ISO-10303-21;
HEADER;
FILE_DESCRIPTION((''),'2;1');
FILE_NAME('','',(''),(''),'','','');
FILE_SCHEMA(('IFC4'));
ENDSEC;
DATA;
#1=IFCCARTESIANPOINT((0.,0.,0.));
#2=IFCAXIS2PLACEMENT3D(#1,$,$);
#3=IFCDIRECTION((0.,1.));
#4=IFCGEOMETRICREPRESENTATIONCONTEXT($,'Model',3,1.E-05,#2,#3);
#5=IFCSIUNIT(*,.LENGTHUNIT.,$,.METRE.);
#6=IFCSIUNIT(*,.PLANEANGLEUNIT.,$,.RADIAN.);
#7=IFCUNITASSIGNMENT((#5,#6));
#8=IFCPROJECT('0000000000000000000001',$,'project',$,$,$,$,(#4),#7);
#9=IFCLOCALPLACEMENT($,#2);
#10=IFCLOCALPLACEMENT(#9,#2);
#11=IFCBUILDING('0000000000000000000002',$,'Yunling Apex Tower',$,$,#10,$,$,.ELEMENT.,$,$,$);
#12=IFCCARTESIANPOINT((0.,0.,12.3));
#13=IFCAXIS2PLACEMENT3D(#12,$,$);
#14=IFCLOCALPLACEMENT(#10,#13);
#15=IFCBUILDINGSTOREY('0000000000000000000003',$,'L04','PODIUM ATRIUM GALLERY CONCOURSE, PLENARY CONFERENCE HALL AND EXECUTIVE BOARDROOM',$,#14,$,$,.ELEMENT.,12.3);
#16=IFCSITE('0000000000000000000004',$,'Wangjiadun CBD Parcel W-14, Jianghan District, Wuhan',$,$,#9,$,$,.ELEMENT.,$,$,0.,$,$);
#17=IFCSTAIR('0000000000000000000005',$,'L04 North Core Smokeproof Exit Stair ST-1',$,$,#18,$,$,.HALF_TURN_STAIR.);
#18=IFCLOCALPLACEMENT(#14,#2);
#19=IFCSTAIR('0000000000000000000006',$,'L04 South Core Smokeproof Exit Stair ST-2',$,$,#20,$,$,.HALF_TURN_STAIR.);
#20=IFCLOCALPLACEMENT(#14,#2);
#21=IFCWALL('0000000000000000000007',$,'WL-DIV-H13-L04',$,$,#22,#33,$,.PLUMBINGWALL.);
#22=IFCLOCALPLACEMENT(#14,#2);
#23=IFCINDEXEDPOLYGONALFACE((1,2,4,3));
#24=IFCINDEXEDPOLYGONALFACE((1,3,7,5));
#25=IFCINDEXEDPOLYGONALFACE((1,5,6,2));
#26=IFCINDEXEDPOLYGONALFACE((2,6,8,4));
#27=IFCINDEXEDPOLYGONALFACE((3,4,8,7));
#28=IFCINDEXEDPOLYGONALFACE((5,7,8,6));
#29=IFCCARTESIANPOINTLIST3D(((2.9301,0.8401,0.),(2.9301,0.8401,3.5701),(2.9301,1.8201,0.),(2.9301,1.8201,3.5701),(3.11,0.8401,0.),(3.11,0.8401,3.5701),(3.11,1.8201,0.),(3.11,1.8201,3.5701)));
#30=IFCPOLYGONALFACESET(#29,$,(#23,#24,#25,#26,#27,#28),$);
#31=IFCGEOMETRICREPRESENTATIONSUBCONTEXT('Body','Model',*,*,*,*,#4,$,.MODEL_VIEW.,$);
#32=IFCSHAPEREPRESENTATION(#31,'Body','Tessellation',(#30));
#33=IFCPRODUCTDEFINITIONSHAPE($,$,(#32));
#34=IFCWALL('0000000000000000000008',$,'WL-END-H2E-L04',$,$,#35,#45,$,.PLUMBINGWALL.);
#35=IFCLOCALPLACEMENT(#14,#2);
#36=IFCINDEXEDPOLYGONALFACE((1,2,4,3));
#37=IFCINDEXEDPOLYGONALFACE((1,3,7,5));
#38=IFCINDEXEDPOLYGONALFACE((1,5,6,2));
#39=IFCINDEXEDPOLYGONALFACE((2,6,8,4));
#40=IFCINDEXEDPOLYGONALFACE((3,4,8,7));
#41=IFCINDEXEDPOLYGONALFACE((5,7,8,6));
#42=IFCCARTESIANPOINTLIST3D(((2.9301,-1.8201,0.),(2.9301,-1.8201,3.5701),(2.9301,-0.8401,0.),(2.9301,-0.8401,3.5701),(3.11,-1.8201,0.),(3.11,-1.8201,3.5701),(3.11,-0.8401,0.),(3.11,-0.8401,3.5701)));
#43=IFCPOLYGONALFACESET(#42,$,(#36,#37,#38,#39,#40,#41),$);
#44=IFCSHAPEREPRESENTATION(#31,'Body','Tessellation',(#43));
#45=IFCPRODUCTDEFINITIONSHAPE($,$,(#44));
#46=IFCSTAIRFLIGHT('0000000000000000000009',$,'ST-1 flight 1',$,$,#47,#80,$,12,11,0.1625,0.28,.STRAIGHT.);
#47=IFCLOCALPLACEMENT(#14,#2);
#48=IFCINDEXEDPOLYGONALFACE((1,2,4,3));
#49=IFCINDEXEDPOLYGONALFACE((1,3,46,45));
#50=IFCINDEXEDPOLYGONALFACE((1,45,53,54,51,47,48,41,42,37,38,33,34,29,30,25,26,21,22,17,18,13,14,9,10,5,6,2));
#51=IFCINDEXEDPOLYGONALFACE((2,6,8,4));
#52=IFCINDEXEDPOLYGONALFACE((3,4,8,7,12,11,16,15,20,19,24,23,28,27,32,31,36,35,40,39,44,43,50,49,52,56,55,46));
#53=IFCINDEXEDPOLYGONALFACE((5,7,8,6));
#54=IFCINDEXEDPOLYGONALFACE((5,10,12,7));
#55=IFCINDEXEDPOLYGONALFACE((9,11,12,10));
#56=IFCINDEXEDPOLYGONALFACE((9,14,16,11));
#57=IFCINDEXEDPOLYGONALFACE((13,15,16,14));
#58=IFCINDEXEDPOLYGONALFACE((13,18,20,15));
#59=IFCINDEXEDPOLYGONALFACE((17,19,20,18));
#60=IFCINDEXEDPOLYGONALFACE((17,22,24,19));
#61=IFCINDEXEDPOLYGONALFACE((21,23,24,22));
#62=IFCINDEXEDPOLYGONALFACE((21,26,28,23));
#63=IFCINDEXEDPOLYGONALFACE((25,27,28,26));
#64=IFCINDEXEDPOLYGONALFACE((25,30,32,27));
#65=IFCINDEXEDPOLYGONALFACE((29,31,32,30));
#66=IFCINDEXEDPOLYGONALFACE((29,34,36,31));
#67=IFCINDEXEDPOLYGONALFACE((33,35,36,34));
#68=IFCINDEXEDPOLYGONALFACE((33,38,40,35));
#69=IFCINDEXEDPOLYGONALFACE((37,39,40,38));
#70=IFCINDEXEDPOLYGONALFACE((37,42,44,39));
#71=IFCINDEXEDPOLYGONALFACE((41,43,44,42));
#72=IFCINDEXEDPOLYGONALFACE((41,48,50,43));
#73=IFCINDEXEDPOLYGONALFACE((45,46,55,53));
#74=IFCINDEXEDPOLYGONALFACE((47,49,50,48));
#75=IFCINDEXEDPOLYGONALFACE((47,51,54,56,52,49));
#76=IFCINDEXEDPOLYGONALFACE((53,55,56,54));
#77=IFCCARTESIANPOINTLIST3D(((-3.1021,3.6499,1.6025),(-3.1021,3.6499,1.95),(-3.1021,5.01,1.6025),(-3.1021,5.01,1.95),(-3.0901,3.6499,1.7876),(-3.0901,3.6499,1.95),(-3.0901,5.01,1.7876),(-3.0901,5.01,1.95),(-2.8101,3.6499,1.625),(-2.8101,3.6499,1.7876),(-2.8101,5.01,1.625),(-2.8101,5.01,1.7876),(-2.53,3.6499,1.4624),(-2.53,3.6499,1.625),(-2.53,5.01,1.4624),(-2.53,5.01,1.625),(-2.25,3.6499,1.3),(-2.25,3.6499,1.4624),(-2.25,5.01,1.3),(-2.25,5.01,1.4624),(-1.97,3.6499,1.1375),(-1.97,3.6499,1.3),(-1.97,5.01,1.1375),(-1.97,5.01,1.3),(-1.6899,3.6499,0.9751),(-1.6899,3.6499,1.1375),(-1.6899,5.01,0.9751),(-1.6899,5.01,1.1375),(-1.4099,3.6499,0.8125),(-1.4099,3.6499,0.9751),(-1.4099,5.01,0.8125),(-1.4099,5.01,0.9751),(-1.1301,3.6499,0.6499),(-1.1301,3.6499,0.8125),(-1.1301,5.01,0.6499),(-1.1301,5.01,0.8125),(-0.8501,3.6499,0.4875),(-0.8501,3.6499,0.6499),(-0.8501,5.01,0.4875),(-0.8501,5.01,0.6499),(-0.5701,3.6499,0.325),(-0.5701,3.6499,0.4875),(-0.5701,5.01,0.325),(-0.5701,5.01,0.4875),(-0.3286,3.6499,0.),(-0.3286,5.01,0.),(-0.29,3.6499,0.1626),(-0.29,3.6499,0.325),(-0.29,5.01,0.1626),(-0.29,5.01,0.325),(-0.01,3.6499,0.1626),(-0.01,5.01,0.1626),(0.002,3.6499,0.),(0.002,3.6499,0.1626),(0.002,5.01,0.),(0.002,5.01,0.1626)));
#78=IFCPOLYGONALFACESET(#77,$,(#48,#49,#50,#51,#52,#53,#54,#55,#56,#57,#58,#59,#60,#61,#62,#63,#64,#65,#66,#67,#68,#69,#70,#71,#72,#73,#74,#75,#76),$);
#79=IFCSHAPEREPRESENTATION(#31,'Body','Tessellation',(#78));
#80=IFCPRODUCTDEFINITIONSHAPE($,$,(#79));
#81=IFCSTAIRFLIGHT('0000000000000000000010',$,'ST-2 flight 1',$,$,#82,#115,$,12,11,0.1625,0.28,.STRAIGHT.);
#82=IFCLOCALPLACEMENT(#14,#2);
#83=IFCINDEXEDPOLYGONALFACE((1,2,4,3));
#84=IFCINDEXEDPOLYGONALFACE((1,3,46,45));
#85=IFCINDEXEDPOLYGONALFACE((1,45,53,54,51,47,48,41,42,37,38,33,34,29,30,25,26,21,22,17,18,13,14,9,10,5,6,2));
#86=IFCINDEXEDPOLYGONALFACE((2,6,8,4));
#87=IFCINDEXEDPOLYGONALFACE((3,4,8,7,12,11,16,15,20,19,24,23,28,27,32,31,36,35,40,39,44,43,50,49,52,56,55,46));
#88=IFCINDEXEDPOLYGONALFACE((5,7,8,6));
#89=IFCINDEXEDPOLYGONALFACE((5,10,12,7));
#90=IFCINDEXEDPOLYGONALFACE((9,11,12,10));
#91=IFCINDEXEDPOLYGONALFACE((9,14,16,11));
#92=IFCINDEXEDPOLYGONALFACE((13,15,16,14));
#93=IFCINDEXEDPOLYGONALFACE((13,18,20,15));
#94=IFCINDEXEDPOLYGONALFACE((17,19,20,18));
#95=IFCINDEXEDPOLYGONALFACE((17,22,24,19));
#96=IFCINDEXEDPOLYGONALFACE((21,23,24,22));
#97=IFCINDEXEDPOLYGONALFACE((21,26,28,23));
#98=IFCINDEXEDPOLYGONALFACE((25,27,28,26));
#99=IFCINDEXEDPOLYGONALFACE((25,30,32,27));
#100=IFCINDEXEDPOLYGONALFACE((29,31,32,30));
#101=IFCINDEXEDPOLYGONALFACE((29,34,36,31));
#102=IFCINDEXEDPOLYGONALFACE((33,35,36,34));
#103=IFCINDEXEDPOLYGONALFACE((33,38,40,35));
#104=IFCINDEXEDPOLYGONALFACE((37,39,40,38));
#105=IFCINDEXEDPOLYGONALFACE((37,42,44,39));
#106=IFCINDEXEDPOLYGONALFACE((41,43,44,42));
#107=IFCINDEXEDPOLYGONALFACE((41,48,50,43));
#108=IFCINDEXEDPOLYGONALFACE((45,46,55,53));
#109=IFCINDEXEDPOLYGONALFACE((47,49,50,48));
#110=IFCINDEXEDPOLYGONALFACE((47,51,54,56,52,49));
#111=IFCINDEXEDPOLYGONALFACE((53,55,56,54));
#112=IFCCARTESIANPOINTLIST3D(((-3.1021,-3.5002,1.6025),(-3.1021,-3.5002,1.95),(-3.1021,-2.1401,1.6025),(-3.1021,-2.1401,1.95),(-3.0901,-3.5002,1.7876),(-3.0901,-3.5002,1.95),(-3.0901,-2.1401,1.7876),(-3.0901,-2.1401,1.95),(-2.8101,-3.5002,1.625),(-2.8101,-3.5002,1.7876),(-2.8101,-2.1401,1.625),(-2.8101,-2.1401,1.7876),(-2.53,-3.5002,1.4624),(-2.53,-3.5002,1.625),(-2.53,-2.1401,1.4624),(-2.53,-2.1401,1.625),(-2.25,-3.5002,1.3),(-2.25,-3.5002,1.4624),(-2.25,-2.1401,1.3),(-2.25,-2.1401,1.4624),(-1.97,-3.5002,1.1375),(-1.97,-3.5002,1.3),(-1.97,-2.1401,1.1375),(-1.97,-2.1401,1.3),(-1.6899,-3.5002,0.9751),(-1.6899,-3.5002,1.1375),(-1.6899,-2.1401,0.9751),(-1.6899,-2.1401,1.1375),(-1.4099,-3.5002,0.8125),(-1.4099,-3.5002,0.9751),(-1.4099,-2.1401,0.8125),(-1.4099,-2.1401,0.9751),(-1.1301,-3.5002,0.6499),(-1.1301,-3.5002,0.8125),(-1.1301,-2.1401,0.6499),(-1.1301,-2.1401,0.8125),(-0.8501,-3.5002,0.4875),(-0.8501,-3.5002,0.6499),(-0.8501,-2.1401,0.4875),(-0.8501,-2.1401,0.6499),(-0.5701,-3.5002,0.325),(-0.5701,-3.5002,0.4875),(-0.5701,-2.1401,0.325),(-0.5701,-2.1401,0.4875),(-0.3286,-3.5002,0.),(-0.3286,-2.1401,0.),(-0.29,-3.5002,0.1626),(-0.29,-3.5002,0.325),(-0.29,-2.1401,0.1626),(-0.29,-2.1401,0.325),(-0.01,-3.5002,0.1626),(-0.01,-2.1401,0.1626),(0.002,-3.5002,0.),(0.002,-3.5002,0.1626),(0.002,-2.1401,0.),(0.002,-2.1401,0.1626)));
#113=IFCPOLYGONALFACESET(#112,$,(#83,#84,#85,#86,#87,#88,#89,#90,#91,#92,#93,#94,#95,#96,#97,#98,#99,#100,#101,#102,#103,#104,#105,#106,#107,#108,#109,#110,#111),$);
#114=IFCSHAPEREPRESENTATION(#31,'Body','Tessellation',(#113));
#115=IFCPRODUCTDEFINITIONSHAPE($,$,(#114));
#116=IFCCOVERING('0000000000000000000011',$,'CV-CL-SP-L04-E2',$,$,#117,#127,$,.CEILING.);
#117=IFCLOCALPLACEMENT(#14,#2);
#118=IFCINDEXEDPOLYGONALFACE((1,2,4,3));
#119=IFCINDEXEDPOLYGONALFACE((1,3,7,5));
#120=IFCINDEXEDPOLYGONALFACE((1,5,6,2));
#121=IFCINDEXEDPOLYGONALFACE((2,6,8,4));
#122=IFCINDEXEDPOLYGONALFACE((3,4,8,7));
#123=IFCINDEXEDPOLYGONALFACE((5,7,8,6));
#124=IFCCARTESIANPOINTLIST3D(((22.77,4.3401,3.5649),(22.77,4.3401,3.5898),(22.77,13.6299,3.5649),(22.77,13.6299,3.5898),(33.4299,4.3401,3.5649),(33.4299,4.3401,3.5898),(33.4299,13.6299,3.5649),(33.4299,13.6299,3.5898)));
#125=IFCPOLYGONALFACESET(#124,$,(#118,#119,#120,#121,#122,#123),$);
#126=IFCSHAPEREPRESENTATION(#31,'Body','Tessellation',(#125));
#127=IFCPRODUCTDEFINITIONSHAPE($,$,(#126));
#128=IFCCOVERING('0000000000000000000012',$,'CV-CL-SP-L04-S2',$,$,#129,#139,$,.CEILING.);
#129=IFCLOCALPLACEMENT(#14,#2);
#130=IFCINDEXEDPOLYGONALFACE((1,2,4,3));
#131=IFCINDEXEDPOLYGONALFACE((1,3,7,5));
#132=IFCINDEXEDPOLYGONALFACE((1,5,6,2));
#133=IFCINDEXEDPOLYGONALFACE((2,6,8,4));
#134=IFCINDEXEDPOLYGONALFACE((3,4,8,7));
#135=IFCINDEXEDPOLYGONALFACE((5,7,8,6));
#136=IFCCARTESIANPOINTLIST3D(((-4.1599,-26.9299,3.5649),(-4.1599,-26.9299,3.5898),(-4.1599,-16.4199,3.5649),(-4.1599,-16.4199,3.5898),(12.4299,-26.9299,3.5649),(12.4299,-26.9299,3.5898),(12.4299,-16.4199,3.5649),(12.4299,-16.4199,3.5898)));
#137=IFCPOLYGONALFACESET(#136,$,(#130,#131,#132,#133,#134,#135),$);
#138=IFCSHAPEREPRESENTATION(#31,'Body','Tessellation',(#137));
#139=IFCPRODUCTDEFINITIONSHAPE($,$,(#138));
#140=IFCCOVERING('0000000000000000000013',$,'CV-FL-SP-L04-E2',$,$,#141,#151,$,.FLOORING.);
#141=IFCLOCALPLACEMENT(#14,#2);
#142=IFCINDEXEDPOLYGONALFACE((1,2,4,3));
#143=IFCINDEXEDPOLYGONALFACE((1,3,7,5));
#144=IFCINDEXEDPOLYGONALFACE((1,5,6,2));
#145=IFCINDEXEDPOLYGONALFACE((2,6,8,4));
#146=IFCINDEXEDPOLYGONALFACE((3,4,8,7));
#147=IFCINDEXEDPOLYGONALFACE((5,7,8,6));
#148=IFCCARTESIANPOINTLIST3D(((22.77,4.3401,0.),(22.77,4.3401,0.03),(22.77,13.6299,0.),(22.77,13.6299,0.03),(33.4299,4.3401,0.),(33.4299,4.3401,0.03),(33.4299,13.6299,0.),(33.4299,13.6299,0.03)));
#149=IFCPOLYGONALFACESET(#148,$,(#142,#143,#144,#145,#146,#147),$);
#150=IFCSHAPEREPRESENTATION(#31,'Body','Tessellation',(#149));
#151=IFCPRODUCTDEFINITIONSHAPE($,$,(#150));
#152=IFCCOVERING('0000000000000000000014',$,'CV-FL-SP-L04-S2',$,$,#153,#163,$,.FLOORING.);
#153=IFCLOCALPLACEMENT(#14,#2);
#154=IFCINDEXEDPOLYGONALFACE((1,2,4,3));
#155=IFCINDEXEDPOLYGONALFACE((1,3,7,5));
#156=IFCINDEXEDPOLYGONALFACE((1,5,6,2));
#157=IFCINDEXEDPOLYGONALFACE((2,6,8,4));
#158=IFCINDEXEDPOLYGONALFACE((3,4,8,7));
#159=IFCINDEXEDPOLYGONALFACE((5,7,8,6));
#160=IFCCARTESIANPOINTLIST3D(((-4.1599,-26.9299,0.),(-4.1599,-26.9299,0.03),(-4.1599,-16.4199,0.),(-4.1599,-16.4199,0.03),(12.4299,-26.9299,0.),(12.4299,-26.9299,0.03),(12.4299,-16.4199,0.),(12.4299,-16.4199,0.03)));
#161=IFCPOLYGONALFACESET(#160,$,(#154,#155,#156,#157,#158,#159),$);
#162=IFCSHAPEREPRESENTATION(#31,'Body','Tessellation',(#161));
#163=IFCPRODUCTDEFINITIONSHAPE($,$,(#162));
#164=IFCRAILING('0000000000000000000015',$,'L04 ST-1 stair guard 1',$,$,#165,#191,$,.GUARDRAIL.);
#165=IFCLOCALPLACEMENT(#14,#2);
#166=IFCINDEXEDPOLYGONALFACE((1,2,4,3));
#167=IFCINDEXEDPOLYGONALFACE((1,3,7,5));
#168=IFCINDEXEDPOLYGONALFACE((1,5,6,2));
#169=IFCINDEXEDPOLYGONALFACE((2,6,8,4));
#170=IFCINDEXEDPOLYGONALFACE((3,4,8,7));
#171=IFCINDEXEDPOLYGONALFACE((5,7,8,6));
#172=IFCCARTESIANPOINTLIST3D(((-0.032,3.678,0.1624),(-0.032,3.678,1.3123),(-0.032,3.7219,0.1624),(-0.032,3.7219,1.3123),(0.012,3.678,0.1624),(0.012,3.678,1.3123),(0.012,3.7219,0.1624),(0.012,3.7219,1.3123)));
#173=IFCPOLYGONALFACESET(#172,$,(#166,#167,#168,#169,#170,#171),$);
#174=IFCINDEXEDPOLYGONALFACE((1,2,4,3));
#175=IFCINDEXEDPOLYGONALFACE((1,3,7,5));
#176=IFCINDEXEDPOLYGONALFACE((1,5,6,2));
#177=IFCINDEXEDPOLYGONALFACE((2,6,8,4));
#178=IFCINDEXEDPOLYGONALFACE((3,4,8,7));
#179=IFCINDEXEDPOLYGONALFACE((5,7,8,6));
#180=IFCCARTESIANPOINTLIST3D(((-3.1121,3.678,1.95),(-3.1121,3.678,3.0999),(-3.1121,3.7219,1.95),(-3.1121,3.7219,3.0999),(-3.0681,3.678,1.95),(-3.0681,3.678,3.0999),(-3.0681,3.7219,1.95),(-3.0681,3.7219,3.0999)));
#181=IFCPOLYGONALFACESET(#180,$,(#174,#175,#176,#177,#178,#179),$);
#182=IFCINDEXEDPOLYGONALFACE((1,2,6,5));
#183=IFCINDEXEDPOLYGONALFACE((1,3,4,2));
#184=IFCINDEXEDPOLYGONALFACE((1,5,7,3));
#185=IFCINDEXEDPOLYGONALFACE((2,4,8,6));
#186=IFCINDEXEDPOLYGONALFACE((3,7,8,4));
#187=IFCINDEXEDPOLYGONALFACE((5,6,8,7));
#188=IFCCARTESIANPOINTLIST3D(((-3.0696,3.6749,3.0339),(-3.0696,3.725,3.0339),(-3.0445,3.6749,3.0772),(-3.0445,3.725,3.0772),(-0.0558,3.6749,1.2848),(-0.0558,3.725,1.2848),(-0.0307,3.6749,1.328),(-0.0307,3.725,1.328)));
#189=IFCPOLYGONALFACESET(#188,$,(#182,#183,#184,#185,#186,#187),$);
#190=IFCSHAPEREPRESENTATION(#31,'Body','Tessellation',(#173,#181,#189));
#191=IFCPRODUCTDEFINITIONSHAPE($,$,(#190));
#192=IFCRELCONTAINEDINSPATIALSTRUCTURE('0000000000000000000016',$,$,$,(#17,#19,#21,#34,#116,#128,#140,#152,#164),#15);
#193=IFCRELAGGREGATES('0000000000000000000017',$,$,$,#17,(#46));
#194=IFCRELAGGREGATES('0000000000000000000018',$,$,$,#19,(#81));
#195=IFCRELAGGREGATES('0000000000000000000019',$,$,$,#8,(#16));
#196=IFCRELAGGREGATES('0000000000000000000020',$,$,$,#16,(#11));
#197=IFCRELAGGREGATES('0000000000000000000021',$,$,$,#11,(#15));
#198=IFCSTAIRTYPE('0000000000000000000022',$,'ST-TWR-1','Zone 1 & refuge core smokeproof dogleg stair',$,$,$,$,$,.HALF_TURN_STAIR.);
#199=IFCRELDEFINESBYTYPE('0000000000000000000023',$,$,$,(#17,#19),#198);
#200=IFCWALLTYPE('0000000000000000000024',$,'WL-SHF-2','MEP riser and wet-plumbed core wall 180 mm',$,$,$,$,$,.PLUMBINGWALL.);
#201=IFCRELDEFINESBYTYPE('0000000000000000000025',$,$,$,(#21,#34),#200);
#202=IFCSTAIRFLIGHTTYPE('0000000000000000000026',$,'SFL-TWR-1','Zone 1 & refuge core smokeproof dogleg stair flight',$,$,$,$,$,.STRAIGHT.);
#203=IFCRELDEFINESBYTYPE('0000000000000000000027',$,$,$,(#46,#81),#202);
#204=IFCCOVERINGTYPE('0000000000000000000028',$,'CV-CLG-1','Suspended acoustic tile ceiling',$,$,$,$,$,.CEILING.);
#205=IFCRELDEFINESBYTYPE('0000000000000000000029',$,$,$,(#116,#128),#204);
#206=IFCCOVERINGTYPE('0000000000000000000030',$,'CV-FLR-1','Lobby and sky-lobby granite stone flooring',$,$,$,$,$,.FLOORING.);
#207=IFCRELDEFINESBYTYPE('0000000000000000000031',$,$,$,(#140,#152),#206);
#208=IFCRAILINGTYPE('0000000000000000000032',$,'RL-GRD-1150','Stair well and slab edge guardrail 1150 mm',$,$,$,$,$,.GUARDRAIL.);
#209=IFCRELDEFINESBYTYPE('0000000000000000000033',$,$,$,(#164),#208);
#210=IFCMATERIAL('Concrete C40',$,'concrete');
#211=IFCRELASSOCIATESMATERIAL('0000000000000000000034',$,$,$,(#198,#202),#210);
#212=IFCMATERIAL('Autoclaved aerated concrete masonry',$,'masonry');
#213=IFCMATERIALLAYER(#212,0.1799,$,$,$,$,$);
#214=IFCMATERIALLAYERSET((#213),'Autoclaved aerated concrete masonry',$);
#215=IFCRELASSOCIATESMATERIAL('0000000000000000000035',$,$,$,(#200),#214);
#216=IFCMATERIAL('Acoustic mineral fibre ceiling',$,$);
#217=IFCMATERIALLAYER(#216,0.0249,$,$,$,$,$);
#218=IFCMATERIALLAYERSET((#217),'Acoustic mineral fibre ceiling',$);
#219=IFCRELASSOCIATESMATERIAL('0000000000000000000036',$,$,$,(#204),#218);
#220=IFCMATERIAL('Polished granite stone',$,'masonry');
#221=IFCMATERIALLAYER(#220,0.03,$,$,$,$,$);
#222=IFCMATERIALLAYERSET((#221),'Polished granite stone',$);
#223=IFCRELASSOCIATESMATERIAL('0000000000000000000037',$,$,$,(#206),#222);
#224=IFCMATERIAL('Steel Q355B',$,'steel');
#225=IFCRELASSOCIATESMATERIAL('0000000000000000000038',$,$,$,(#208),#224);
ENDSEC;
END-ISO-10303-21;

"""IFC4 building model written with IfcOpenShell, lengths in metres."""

from ifc_helpers import new_model, si_unit, direction, frame, frame_2d, origin, origin_2d, place, context, subcontext, project, spatial, polyline, rectangle, outline, extrude, material, layer, layer_set, type_object, element, aggregate, save


model = new_model("IFC4")

# Units and contexts
model_context = context("Model", 3, precision=1e-05, world=origin(), true_north=direction((0.0, 1.0)))
body_context = subcontext(model_context, "Body", "Model", "MODEL_VIEW")
ifc_project = project(units=[si_unit("LENGTHUNIT", "METRE"), si_unit("PLANEANGLEUNIT", "RADIAN")], contexts=[model_context])

# Site, building, storey
site_placement = place(None, origin())
site = spatial("IfcSite", under=ifc_project, at=site_placement, Name="Wangjiadun CBD Parcel W-14, Jianghan District, Wuhan", CompositionType="ELEMENT", RefElevation=0.0)
building_placement = place(site_placement, origin())
building = spatial("IfcBuilding", under=site, at=building_placement, Name="Yunling Apex Tower", CompositionType="ELEMENT")
storey_placement = place(building_placement, frame((0.0, 0.0, 12.3)))
storey = spatial("IfcBuildingStorey", under=building, at=storey_placement, Name="L04", Description="PODIUM ATRIUM GALLERY CONCOURSE, PLENARY CONFERENCE HALL AND EXECUTIVE BOARDROOM", CompositionType="ELEMENT", Elevation=12.3)

# Shared definitions
ifc_material_1 = material(Name="Steel Q355B", Category="steel")

# Stairs
ifc_material_2 = material(Name="Concrete C40", Category="concrete")
stair_type_1 = type_object("IfcStairType", Name="ST-TWR-1", Description="Zone 1 & refuge core smokeproof dogleg stair", PredefinedType="HALF_TURN_STAIR", material=ifc_material_2)
stair_1_placement = place(storey_placement, origin())
stair_1 = element("IfcStair", 1, at=stair_1_placement, inside=storey, type_object=stair_type_1, Name="L04 North Core Smokeproof Exit Stair ST-1", PredefinedType="HALF_TURN_STAIR")
stair_2_placement = place(storey_placement, origin())
stair_2 = element("IfcStair", 2, at=stair_2_placement, inside=storey, type_object=stair_type_1, Name="L04 South Core Smokeproof Exit Stair ST-2", PredefinedType="HALF_TURN_STAIR")

# Shared definitions
ifc_material_3 = material(Name="Autoclaved aerated concrete masonry", Category="masonry")

# Walls
ifc_layer_1 = layer(ifc_material_3, 0.1799)
ifc_layer_set_1 = layer_set([ifc_layer_1], Name="Autoclaved aerated concrete masonry")
wall_type_1 = type_object("IfcWallType", Name="WL-SHF-2", Description="MEP riser and wet-plumbed core wall 180 mm", PredefinedType="PLUMBINGWALL", material=ifc_layer_set_1)
for number, where, z_axis, x_axis, name in (
    (3, (3.02, 0.8401, 0.0), (0.0, 0.0, 1.0), (0.0, 1.0, 0.0), "WL-DIV-H13-L04"),
    (4, (3.02, -1.8201, 0.0), (0.0, 0.0, 1.0), (0.0, 1.0, 0.0), "WL-END-H2E-L04"),
):
    element("IfcWall", number, at=place(storey_placement, frame(where, z_axis=z_axis, x_axis=x_axis)), inside=storey, type_object=wall_type_1, Name=name, PredefinedType="PLUMBINGWALL", context=body_context, shape_type="SweptSolid", body=[
        extrude(rectangle(XDim=0.98, YDim=0.1799, at=frame_2d((0.49, 0.0))), origin(), (0.0, 0.0, 1.0), 3.5701),
    ])

# Stair flights
stair_flight_type = type_object("IfcStairFlightType", Name="SFL-TWR-1", Description="Zone 1 & refuge core smokeproof dogleg stair flight", PredefinedType="STRAIGHT", material=ifc_material_2)
stair_flight_1_placement = place(storey_placement, frame((-0.01, 4.3301, 0.0), z_axis=(0.0, 0.0, 1.0), x_axis=(-1.0, 0.0, 0.0)))
stair_flight_1 = element("IfcStairFlight", 5, at=stair_flight_1_placement, type_object=stair_flight_type, Name="ST-1 flight 1", NumberOfRisers=12, NumberOfTreads=11, PredefinedType="STRAIGHT", RiserHeight=0.1625, TreadLength=0.28, context=body_context, shape_type="SweptSolid", body=[
    extrude(outline(polyline([(-0.012, 0.0), (-0.012, 0.1626), (0.0, 0.1626), (0.28, 0.1626), (0.28, 0.325), (0.5601, 0.325), (0.5601, 0.4875), (0.8401, 0.4875), (0.8401, 0.6499), (1.1201, 0.6499), (1.1201, 0.8125), (1.3999, 0.8125), (1.3999, 0.9751), (1.6799, 0.9751), (1.6799, 1.1375), (1.96, 1.1375), (1.96, 1.3), (2.24, 1.3), (2.24, 1.4624), (2.52, 1.4624), (2.52, 1.625), (2.8, 1.625), (2.8, 1.7876), (3.0801, 1.7876), (3.0801, 1.95), (3.092, 1.95), (3.092, 1.6025), (0.3186, 0.0), (-0.012, 0.0)])), frame((0.0, 0.6802, 0.0), z_axis=(0.0, -1.0, 0.0), x_axis=(1.0, 0.0, 0.0)), (0.0, 0.0, 1.0), 1.3601),
])
aggregate(stair_1, [stair_flight_1])
stair_flight_2_placement = place(storey_placement, frame((-0.01, -2.8201, 0.0), z_axis=(0.0, 0.0, 1.0), x_axis=(-1.0, 0.0, 0.0)))
stair_flight_2 = element("IfcStairFlight", 6, at=stair_flight_2_placement, type_object=stair_flight_type, Name="ST-2 flight 1", NumberOfRisers=12, NumberOfTreads=11, PredefinedType="STRAIGHT", RiserHeight=0.1625, TreadLength=0.28, context=body_context, shape_type="SweptSolid", body=[
    extrude(outline(polyline([(-0.012, 0.0), (-0.012, 0.1626), (0.0, 0.1626), (0.28, 0.1626), (0.28, 0.325), (0.5601, 0.325), (0.5601, 0.4875), (0.8401, 0.4875), (0.8401, 0.6499), (1.1201, 0.6499), (1.1201, 0.8125), (1.3999, 0.8125), (1.3999, 0.9751), (1.6799, 0.9751), (1.6799, 1.1375), (1.96, 1.1375), (1.96, 1.3), (2.24, 1.3), (2.24, 1.4624), (2.52, 1.4624), (2.52, 1.625), (2.8, 1.625), (2.8, 1.7876), (3.0801, 1.7876), (3.0801, 1.95), (3.092, 1.95), (3.092, 1.6025), (0.3186, 0.0), (-0.012, 0.0)])), frame((0.0, 0.6802, 0.0), z_axis=(0.0, -1.0, 0.0), x_axis=(1.0, 0.0, 0.0)), (0.0, 0.0, 1.0), 1.3601),
])
aggregate(stair_2, [stair_flight_2])

# Coverings
ifc_material_4 = material(Name="Acoustic mineral fibre ceiling")
ifc_layer_2 = layer(ifc_material_4, 0.0249)
ifc_layer_set_2 = layer_set([ifc_layer_2], Name="Acoustic mineral fibre ceiling")
covering_type_1 = type_object("IfcCoveringType", Name="CV-CLG-1", Description="Suspended acoustic tile ceiling", PredefinedType="CEILING", material=ifc_layer_set_2)
covering_1_placement = place(storey_placement, frame((0.0, 0.0, 3.5649)))
element("IfcCovering", 7, at=covering_1_placement, inside=storey, type_object=covering_type_1, Name="CV-CL-SP-L04-E2", PredefinedType="CEILING", context=body_context, shape_type="SweptSolid", body=[
    extrude(outline(polyline([(33.4299, 4.3401), (22.77, 4.3401), (22.77, 13.6299), (33.4299, 13.6299), (33.4299, 4.3401)])), origin(), (0.0, 0.0, 1.0), 0.0249),
])
covering_2_placement = place(storey_placement, frame((0.0, 0.0, 3.5649)))
element("IfcCovering", 8, at=covering_2_placement, inside=storey, type_object=covering_type_1, Name="CV-CL-SP-L04-S2", PredefinedType="CEILING", context=body_context, shape_type="SweptSolid", body=[
    extrude(outline(polyline([(12.4299, -26.9299), (-4.1599, -26.9299), (-4.1599, -16.4199), (12.4299, -16.4199), (12.4299, -26.9299)])), origin(), (0.0, 0.0, 1.0), 0.0249),
])
ifc_material_5 = material(Name="Polished granite stone", Category="masonry")
ifc_layer_3 = layer(ifc_material_5, 0.03)
ifc_layer_set_3 = layer_set([ifc_layer_3], Name="Polished granite stone")
covering_type_2 = type_object("IfcCoveringType", Name="CV-FLR-1", Description="Lobby and sky-lobby granite stone flooring", PredefinedType="FLOORING", material=ifc_layer_set_3)
covering_3_placement = place(storey_placement, origin())
element("IfcCovering", 9, at=covering_3_placement, inside=storey, type_object=covering_type_2, Name="CV-FL-SP-L04-E2", PredefinedType="FLOORING", context=body_context, shape_type="SweptSolid", body=[
    extrude(outline(polyline([(33.4299, 4.3401), (22.77, 4.3401), (22.77, 13.6299), (33.4299, 13.6299), (33.4299, 4.3401)])), origin(), (0.0, 0.0, 1.0), 0.03),
])
covering_4_placement = place(storey_placement, origin())
element("IfcCovering", 10, at=covering_4_placement, inside=storey, type_object=covering_type_2, Name="CV-FL-SP-L04-S2", PredefinedType="FLOORING", context=body_context, shape_type="SweptSolid", body=[
    extrude(outline(polyline([(12.4299, -26.9299), (-4.1599, -26.9299), (-4.1599, -16.4199), (12.4299, -16.4199), (12.4299, -26.9299)])), origin(), (0.0, 0.0, 1.0), 0.03),
])

# Railing
railing_type_1 = type_object("IfcRailingType", Name="RL-GRD-1150", Description="Stair well and slab edge guardrail 1150 mm", PredefinedType="GUARDRAIL", material=ifc_material_1)
railing_1_placement = place(storey_placement, frame((-0.01, 3.7, 0.1624)))
element("IfcRailing", 11, at=railing_1_placement, inside=storey, type_object=railing_type_1, Name="L04 ST-1 stair guard 1", PredefinedType="GUARDRAIL", context=body_context, shape_type="SweptSolid", body=[
    extrude(rectangle(XDim=0.0439, YDim=0.0439, at=origin_2d()), origin(), (0.0, 0.0, 1.0), 1.1499),
    extrude(rectangle(XDim=0.0439, YDim=0.0439, at=origin_2d()), frame((-3.0801, 0.0, 1.7876)), (0.0, 0.0, 1.0), 1.1499),
    extrude(rectangle(XDim=0.05, YDim=0.05, at=origin_2d()), frame((-0.0332, 0.0, 1.144), z_axis=(-0.864891, 0.0, 0.50196), x_axis=(0.0, -1.0, 0.0)), (0.0, 0.0, 1.0), 3.4846),
])

save(model, "model.ifc")
